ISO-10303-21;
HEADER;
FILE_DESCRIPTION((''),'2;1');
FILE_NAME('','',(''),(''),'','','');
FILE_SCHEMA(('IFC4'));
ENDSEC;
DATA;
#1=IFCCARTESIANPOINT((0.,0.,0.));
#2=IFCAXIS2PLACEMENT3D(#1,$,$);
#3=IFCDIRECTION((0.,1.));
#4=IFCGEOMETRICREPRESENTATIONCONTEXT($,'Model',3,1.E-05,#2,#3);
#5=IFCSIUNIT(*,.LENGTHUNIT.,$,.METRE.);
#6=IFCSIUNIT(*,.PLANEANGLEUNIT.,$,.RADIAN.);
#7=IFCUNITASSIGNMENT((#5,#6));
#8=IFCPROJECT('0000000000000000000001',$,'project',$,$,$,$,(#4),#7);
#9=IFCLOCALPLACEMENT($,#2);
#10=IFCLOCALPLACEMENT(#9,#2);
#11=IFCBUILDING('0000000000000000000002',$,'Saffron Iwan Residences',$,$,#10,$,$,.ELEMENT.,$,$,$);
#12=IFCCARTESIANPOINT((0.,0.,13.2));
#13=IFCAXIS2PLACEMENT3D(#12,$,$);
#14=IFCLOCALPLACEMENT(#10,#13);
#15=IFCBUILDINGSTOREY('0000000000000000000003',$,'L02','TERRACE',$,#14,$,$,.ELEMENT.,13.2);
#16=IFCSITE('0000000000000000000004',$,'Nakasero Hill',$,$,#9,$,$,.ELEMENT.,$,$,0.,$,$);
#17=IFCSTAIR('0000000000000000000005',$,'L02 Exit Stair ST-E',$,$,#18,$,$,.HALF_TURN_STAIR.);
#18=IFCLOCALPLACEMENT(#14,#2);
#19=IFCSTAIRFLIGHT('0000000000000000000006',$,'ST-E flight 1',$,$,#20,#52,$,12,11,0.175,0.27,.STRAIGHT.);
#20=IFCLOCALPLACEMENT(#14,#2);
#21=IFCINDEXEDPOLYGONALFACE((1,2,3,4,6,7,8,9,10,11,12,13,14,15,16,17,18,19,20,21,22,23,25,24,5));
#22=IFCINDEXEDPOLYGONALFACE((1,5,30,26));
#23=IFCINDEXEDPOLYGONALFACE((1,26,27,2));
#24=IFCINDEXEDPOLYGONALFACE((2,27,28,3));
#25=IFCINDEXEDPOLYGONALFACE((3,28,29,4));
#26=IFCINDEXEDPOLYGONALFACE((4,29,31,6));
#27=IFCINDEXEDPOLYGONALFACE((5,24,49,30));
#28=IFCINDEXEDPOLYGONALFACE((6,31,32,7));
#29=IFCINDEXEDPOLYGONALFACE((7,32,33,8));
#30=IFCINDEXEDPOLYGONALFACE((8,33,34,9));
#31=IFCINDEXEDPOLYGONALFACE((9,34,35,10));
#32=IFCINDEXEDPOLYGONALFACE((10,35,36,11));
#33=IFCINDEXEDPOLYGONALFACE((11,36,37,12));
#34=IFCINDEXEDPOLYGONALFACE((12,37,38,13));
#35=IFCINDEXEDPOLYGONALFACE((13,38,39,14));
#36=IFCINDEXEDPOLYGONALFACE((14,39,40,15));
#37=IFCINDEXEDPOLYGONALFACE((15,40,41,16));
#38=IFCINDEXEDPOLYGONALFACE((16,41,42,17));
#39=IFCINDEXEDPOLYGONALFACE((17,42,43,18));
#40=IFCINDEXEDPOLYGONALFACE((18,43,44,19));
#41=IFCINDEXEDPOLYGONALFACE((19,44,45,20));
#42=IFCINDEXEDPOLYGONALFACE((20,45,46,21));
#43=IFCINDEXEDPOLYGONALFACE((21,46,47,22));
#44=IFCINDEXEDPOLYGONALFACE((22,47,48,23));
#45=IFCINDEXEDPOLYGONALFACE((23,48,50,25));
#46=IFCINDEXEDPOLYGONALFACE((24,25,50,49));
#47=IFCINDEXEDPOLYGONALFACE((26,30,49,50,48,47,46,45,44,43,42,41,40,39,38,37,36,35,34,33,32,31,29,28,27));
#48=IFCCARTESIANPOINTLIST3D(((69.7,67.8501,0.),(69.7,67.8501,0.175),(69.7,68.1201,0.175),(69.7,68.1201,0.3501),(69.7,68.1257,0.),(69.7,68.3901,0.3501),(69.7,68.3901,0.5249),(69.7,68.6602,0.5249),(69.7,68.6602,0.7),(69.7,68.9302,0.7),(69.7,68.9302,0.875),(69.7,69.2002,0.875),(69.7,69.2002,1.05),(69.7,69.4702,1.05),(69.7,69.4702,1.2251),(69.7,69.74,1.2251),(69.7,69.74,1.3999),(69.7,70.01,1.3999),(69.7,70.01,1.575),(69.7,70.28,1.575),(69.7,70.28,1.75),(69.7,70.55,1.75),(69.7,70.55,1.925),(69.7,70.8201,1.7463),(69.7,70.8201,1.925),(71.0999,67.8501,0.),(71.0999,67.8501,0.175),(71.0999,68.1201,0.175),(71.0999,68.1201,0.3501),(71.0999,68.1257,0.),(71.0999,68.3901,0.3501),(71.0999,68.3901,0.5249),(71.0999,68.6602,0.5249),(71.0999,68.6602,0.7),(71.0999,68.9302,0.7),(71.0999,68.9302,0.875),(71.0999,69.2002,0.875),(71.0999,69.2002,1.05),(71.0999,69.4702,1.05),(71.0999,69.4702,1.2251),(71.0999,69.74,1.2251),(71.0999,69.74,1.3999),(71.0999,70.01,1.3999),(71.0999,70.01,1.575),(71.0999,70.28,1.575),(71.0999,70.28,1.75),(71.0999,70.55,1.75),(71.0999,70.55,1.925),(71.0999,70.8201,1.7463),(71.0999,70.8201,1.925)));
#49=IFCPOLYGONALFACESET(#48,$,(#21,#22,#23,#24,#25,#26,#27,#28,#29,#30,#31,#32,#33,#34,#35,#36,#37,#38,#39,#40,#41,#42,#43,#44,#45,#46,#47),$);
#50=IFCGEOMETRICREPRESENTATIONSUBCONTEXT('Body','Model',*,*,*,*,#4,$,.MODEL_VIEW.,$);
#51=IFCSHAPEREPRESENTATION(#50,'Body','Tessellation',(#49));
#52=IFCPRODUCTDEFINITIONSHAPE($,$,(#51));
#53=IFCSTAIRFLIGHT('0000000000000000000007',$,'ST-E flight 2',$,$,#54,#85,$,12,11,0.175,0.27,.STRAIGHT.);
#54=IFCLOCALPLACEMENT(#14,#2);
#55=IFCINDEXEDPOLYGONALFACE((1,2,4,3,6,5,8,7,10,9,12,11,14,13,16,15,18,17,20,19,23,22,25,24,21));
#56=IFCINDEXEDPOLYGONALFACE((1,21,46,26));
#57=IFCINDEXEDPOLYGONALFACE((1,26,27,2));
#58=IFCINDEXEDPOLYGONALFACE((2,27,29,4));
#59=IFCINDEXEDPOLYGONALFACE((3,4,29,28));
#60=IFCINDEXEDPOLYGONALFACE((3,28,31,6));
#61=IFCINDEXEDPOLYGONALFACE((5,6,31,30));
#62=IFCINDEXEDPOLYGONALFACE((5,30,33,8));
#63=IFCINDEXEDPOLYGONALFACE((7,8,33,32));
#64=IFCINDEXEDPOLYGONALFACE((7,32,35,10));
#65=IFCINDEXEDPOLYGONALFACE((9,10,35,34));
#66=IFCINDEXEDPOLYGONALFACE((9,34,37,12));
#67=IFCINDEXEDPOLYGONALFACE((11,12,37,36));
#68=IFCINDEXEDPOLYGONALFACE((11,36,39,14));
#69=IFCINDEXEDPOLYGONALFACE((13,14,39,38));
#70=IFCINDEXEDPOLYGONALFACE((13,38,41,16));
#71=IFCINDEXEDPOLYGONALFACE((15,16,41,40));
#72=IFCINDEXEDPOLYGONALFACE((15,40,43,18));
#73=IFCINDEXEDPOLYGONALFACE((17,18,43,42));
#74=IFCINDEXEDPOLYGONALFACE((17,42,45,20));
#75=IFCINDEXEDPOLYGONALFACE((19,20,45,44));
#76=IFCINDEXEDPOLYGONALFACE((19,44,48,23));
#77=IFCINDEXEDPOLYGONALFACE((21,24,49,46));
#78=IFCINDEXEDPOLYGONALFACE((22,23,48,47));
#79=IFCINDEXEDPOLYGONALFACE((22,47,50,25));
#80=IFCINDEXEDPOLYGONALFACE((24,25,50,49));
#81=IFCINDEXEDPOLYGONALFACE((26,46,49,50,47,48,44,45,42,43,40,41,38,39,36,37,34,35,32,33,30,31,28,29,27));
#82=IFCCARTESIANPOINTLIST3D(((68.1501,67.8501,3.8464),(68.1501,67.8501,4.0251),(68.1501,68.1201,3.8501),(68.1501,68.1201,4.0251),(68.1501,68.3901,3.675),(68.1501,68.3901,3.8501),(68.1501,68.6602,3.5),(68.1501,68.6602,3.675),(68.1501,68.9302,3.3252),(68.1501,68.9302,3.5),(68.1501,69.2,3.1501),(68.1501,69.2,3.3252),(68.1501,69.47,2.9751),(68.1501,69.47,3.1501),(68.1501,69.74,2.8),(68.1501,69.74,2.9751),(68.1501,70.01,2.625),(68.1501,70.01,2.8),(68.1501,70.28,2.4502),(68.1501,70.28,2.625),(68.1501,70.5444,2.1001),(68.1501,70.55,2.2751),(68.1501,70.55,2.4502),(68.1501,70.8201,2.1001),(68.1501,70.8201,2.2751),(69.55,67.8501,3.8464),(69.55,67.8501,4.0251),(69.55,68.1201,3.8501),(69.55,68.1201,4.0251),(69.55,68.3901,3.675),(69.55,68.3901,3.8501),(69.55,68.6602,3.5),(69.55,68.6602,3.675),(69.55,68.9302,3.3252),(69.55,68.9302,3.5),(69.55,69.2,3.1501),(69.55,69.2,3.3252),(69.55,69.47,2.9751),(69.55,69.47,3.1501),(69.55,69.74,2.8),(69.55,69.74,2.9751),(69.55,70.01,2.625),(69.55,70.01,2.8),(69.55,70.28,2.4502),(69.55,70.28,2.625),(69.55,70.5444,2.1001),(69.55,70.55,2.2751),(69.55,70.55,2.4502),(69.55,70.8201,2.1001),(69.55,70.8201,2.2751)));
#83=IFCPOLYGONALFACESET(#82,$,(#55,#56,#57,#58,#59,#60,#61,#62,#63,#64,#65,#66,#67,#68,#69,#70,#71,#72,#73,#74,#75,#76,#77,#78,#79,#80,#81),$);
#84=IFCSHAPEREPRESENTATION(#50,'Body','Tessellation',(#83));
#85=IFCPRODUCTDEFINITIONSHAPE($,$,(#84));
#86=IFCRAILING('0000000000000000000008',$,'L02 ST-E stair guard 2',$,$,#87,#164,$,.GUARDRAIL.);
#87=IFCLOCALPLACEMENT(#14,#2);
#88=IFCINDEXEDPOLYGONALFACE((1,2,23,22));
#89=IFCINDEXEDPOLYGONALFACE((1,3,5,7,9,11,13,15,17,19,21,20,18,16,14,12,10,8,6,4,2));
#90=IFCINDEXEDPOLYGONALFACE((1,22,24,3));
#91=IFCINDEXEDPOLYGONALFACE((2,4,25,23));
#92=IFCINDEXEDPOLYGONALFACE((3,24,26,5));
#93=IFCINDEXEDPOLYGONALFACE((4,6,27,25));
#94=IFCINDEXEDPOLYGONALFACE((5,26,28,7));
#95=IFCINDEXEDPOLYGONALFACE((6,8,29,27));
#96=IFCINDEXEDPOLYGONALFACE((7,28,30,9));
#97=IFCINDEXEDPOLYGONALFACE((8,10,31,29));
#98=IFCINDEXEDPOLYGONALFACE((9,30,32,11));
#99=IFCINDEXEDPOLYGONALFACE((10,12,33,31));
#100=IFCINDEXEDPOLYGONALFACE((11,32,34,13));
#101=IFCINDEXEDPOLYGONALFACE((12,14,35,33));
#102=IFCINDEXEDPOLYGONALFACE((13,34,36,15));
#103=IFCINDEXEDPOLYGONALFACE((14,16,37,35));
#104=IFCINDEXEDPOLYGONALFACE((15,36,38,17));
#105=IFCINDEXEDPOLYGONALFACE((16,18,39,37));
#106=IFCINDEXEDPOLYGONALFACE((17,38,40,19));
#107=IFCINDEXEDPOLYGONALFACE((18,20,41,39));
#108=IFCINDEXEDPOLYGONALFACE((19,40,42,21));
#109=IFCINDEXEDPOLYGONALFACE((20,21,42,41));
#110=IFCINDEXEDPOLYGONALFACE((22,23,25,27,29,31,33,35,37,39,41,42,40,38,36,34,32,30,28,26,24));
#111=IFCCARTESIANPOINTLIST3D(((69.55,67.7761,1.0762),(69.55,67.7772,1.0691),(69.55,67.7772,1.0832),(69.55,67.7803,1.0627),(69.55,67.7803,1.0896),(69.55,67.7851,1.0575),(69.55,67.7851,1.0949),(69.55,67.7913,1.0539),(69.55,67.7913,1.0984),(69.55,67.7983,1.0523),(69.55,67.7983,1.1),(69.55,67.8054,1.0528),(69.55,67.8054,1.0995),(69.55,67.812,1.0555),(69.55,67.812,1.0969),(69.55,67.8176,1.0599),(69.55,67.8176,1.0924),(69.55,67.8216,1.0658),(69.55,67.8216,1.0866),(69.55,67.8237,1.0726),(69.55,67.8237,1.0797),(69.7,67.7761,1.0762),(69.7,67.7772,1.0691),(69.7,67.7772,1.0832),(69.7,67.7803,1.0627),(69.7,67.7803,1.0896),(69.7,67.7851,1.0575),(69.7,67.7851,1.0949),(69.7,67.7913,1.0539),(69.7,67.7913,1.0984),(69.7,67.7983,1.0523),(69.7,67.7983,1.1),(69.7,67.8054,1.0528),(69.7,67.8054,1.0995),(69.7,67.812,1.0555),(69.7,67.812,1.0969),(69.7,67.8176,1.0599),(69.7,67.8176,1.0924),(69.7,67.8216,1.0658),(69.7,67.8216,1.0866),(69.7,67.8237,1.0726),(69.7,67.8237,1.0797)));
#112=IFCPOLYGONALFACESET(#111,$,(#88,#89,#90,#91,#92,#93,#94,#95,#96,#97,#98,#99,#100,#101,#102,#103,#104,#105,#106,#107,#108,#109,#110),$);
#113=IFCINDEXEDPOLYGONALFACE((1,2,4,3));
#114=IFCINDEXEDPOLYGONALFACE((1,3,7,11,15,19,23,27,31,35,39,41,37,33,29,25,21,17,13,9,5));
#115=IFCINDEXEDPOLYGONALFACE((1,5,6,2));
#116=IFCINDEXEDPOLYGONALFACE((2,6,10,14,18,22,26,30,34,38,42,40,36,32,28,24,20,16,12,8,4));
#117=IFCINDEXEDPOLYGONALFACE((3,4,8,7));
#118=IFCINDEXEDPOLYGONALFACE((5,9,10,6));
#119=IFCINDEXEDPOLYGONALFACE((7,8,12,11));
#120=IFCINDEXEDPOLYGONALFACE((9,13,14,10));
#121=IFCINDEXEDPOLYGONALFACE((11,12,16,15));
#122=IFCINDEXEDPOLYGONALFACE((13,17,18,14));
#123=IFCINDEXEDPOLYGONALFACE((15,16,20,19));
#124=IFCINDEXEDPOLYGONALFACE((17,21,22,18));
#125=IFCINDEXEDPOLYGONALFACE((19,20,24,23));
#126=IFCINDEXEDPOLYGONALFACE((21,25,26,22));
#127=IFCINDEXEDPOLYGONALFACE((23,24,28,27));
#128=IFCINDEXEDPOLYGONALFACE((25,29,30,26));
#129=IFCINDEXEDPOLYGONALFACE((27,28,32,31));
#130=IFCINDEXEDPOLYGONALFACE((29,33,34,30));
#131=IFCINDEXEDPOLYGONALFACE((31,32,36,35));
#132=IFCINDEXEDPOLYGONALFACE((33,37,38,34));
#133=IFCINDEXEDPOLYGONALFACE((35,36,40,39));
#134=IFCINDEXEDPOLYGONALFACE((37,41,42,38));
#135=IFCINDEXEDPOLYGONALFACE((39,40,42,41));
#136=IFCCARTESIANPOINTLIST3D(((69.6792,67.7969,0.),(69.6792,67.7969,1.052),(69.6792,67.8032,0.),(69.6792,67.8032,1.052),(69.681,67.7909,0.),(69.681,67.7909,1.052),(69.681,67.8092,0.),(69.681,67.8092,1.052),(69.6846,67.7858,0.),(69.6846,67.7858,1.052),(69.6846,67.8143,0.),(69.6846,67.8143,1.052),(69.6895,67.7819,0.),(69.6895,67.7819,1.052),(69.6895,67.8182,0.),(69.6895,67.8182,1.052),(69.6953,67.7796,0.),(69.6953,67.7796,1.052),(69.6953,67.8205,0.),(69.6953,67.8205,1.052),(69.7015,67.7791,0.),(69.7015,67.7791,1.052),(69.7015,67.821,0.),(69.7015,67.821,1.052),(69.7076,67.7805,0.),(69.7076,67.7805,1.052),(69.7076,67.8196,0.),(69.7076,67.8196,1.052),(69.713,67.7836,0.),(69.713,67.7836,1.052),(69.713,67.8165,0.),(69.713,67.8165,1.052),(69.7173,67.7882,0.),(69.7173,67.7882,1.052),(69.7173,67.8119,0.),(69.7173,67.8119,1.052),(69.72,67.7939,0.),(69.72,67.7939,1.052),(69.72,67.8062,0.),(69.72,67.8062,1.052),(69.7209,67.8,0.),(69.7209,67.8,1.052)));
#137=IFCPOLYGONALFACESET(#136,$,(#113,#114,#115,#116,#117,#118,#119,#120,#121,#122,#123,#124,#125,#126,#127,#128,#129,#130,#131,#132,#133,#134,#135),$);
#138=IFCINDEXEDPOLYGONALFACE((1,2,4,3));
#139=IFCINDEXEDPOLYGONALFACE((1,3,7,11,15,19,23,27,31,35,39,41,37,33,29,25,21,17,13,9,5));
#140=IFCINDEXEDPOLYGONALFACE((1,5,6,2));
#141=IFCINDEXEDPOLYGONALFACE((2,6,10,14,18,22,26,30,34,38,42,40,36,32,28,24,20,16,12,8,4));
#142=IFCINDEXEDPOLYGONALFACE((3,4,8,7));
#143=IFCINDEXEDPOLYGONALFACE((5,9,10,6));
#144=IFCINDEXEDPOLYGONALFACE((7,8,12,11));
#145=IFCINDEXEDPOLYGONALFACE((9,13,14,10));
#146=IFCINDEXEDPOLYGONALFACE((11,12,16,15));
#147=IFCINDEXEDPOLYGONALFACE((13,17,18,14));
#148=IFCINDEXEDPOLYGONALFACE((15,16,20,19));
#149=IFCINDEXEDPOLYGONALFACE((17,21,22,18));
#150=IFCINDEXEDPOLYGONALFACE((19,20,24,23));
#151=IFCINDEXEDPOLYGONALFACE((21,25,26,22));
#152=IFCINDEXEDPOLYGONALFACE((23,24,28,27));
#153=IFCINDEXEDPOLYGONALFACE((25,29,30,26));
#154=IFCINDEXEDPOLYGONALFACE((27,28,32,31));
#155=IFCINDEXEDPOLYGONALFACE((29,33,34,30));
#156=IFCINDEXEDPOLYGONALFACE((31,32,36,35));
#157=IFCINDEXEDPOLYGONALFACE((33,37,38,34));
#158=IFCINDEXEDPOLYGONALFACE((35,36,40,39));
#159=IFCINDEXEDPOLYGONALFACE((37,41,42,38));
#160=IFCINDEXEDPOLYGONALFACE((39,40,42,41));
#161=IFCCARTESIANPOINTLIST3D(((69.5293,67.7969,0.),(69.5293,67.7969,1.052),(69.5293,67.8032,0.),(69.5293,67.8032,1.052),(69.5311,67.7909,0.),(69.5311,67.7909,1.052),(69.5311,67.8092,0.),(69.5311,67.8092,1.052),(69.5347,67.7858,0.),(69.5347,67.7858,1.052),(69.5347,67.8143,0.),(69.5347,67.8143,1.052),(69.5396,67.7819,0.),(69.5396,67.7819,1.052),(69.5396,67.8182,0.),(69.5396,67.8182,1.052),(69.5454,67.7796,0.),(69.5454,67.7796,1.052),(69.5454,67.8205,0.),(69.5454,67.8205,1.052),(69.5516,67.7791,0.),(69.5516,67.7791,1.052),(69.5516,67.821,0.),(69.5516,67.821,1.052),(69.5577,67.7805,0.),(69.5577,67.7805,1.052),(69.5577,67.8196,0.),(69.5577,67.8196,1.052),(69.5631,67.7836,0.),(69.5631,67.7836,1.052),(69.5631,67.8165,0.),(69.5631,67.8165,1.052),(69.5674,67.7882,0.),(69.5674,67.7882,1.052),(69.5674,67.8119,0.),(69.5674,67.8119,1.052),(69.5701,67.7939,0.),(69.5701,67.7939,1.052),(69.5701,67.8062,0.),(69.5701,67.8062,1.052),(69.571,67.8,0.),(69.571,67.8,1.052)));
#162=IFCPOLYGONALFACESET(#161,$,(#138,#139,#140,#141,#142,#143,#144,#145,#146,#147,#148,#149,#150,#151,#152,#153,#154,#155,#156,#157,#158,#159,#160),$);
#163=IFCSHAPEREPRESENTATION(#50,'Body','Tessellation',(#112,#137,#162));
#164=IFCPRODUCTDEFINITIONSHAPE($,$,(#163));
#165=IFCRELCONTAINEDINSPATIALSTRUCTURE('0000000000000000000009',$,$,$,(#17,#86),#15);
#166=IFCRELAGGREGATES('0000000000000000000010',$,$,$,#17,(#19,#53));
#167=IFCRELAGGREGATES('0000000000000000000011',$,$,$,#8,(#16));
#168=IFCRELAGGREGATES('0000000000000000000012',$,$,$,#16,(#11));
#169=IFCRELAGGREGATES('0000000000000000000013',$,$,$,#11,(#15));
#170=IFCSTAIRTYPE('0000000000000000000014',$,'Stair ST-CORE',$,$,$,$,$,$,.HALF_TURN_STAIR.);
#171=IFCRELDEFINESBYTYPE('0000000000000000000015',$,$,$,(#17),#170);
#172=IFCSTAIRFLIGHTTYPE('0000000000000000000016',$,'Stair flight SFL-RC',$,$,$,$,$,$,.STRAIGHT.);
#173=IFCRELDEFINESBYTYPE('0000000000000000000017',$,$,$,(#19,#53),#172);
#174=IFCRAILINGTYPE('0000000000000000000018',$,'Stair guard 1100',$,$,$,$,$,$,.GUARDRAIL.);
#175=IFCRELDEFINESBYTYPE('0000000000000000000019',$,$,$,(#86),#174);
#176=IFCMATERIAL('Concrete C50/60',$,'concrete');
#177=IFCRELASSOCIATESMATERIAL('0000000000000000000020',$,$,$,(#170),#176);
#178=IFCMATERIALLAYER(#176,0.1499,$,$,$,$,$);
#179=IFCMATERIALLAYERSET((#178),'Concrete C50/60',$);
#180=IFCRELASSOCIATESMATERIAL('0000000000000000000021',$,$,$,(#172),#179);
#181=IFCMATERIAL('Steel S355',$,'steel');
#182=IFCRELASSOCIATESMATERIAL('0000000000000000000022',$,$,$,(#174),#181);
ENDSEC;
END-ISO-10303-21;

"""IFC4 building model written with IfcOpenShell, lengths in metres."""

from ifc_helpers import new_model, si_unit, direction, frame, origin, origin_2d, place, context, subcontext, project, spatial, polyline, circle, outline, extrude, material, layer, layer_set, type_object, element, aggregate, save


model = new_model("IFC4")

# Units and contexts
model_context = context("Model", 3, precision=1e-05, world=origin(), true_north=direction((0.0, 1.0)))
body_context = subcontext(model_context, "Body", "Model", "MODEL_VIEW")
ifc_project = project(units=[si_unit("LENGTHUNIT", "METRE"), si_unit("PLANEANGLEUNIT", "RADIAN")], contexts=[model_context])

# Site, building, storey
site_placement = place(None, origin())
site = spatial("IfcSite", under=ifc_project, at=site_placement, Name="Nakasero Hill", CompositionType="ELEMENT", RefElevation=0.0)
building_placement = place(site_placement, origin())
building = spatial("IfcBuilding", under=site, at=building_placement, Name="Saffron Iwan Residences", CompositionType="ELEMENT")
storey_placement = place(building_placement, frame((0.0, 0.0, 13.2)))
storey = spatial("IfcBuildingStorey", under=building, at=storey_placement, Name="L02", Description="TERRACE", CompositionType="ELEMENT", Elevation=13.2)

# Shared definitions
ifc_material_1 = material(Name="Concrete C50/60", Category="concrete")

# Stair, stair flights
stair_type = type_object("IfcStairType", Name="Stair ST-CORE", PredefinedType="HALF_TURN_STAIR", material=ifc_material_1)
stair_placement = place(storey_placement, origin())
stair = element("IfcStair", 1, at=stair_placement, inside=storey, type_object=stair_type, Name="L02 Exit Stair ST-E", PredefinedType="HALF_TURN_STAIR")
ifc_layer_1 = layer(ifc_material_1, 0.1499)
ifc_layer_set_1 = layer_set([ifc_layer_1], Name="Concrete C50/60")
stair_flight_type = type_object("IfcStairFlightType", Name="Stair flight SFL-RC", PredefinedType="STRAIGHT", material=ifc_layer_set_1)
stair_flight_1_placement = place(storey_placement, frame((70.3999, 67.8501, 0.0), z_axis=(0.0, 0.0, 1.0), x_axis=(0.0, 1.0, 0.0)))
stair_flight_1 = element("IfcStairFlight", 2, at=stair_flight_1_placement, type_object=stair_flight_type, Name="ST-E flight 1", NumberOfRisers=12, NumberOfTreads=11, PredefinedType="STRAIGHT", RiserHeight=0.175, TreadLength=0.27, context=body_context, shape_type="SweptSolid", body=[
    extrude(outline(polyline([(0.0, 0.0), (0.0, 0.175), (0.27, 0.175), (0.27, 0.3501), (0.54, 0.3501), (0.54, 0.5249), (0.8101, 0.5249), (0.8101, 0.7), (1.0801, 0.7), (1.0801, 0.875), (1.3501, 0.875), (1.3501, 1.05), (1.6201, 1.05), (1.6201, 1.2251), (1.8899, 1.2251), (1.8899, 1.3999), (2.1599, 1.3999), (2.1599, 1.575), (2.4299, 1.575), (2.4299, 1.75), (2.7, 1.75), (2.7, 1.925), (2.97, 1.925), (2.97, 2.1001), (2.97, 1.7463), (0.2756, 0.0), (0.0, 0.0)])), frame((0.0, 0.7, 0.0), z_axis=(0.0, -1.0, 0.0), x_axis=(1.0, 0.0, 0.0)), (0.0, 0.0, 1.0), 1.3999),
])
stair_flight_2_placement = place(storey_placement, frame((68.8501, 70.8201, 2.1001), z_axis=(0.0, 0.0, 1.0), x_axis=(0.0, -1.0, 0.0)))
stair_flight_2 = element("IfcStairFlight", 3, at=stair_flight_2_placement, type_object=stair_flight_type, Name="ST-E flight 2", NumberOfRisers=12, NumberOfTreads=11, PredefinedType="STRAIGHT", RiserHeight=0.175, TreadLength=0.27, context=body_context, shape_type="SweptSolid", body=[
    extrude(outline(polyline([(0.0, 0.0), (0.0, 0.175), (0.27, 0.175), (0.27, 0.3501), (0.54, 0.3501), (0.54, 0.5249), (0.8101, 0.5249), (0.8101, 0.7), (1.0801, 0.7), (1.0801, 0.875), (1.3501, 0.875), (1.3501, 1.05), (1.6201, 1.05), (1.6201, 1.2251), (1.8899, 1.2251), (1.8899, 1.3999), (2.1599, 1.3999), (2.1599, 1.575), (2.4299, 1.575), (2.4299, 1.75), (2.7, 1.75), (2.7, 1.925), (2.97, 1.925), (2.97, 2.1001), (2.97, 1.7463), (0.2756, 0.0), (0.0, 0.0)])), frame((0.0, 0.7, 0.0), z_axis=(0.0, -1.0, 0.0), x_axis=(1.0, 0.0, 0.0)), (0.0, 0.0, 1.0), 1.3999),
])
aggregate(stair, [stair_flight_1, stair_flight_2])

# Railing
ifc_material_2 = material(Name="Steel S355", Category="steel")
railing_type_1 = type_object("IfcRailingType", Name="Stair guard 1100", PredefinedType="GUARDRAIL", material=ifc_material_2)
railing_1_placement = place(storey_placement, frame((69.7, 67.8, 0.0)))
element("IfcRailing", 4, at=railing_1_placement, inside=storey, type_object=railing_type_1, Name="L02 ST-E stair guard 2", PredefinedType="GUARDRAIL", context=body_context, shape_type="SweptSolid", body=[
    extrude(circle(Radius=0.0239, at=origin_2d()), frame((0.0, 0.0, 1.0762), z_axis=(-1.0, 0.0, 0.0), x_axis=(0.0, -1.0, 0.0)), (0.0, 0.0, 1.0), 0.1499),
    extrude(circle(Radius=0.021, at=origin_2d()), origin(), (0.0, 0.0, 1.0), 1.052),
    extrude(circle(Radius=0.021, at=origin_2d()), frame((-0.1499, 0.0, 0.0)), (0.0, 0.0, 1.0), 1.052),
])

save(model, "model.ifc")
